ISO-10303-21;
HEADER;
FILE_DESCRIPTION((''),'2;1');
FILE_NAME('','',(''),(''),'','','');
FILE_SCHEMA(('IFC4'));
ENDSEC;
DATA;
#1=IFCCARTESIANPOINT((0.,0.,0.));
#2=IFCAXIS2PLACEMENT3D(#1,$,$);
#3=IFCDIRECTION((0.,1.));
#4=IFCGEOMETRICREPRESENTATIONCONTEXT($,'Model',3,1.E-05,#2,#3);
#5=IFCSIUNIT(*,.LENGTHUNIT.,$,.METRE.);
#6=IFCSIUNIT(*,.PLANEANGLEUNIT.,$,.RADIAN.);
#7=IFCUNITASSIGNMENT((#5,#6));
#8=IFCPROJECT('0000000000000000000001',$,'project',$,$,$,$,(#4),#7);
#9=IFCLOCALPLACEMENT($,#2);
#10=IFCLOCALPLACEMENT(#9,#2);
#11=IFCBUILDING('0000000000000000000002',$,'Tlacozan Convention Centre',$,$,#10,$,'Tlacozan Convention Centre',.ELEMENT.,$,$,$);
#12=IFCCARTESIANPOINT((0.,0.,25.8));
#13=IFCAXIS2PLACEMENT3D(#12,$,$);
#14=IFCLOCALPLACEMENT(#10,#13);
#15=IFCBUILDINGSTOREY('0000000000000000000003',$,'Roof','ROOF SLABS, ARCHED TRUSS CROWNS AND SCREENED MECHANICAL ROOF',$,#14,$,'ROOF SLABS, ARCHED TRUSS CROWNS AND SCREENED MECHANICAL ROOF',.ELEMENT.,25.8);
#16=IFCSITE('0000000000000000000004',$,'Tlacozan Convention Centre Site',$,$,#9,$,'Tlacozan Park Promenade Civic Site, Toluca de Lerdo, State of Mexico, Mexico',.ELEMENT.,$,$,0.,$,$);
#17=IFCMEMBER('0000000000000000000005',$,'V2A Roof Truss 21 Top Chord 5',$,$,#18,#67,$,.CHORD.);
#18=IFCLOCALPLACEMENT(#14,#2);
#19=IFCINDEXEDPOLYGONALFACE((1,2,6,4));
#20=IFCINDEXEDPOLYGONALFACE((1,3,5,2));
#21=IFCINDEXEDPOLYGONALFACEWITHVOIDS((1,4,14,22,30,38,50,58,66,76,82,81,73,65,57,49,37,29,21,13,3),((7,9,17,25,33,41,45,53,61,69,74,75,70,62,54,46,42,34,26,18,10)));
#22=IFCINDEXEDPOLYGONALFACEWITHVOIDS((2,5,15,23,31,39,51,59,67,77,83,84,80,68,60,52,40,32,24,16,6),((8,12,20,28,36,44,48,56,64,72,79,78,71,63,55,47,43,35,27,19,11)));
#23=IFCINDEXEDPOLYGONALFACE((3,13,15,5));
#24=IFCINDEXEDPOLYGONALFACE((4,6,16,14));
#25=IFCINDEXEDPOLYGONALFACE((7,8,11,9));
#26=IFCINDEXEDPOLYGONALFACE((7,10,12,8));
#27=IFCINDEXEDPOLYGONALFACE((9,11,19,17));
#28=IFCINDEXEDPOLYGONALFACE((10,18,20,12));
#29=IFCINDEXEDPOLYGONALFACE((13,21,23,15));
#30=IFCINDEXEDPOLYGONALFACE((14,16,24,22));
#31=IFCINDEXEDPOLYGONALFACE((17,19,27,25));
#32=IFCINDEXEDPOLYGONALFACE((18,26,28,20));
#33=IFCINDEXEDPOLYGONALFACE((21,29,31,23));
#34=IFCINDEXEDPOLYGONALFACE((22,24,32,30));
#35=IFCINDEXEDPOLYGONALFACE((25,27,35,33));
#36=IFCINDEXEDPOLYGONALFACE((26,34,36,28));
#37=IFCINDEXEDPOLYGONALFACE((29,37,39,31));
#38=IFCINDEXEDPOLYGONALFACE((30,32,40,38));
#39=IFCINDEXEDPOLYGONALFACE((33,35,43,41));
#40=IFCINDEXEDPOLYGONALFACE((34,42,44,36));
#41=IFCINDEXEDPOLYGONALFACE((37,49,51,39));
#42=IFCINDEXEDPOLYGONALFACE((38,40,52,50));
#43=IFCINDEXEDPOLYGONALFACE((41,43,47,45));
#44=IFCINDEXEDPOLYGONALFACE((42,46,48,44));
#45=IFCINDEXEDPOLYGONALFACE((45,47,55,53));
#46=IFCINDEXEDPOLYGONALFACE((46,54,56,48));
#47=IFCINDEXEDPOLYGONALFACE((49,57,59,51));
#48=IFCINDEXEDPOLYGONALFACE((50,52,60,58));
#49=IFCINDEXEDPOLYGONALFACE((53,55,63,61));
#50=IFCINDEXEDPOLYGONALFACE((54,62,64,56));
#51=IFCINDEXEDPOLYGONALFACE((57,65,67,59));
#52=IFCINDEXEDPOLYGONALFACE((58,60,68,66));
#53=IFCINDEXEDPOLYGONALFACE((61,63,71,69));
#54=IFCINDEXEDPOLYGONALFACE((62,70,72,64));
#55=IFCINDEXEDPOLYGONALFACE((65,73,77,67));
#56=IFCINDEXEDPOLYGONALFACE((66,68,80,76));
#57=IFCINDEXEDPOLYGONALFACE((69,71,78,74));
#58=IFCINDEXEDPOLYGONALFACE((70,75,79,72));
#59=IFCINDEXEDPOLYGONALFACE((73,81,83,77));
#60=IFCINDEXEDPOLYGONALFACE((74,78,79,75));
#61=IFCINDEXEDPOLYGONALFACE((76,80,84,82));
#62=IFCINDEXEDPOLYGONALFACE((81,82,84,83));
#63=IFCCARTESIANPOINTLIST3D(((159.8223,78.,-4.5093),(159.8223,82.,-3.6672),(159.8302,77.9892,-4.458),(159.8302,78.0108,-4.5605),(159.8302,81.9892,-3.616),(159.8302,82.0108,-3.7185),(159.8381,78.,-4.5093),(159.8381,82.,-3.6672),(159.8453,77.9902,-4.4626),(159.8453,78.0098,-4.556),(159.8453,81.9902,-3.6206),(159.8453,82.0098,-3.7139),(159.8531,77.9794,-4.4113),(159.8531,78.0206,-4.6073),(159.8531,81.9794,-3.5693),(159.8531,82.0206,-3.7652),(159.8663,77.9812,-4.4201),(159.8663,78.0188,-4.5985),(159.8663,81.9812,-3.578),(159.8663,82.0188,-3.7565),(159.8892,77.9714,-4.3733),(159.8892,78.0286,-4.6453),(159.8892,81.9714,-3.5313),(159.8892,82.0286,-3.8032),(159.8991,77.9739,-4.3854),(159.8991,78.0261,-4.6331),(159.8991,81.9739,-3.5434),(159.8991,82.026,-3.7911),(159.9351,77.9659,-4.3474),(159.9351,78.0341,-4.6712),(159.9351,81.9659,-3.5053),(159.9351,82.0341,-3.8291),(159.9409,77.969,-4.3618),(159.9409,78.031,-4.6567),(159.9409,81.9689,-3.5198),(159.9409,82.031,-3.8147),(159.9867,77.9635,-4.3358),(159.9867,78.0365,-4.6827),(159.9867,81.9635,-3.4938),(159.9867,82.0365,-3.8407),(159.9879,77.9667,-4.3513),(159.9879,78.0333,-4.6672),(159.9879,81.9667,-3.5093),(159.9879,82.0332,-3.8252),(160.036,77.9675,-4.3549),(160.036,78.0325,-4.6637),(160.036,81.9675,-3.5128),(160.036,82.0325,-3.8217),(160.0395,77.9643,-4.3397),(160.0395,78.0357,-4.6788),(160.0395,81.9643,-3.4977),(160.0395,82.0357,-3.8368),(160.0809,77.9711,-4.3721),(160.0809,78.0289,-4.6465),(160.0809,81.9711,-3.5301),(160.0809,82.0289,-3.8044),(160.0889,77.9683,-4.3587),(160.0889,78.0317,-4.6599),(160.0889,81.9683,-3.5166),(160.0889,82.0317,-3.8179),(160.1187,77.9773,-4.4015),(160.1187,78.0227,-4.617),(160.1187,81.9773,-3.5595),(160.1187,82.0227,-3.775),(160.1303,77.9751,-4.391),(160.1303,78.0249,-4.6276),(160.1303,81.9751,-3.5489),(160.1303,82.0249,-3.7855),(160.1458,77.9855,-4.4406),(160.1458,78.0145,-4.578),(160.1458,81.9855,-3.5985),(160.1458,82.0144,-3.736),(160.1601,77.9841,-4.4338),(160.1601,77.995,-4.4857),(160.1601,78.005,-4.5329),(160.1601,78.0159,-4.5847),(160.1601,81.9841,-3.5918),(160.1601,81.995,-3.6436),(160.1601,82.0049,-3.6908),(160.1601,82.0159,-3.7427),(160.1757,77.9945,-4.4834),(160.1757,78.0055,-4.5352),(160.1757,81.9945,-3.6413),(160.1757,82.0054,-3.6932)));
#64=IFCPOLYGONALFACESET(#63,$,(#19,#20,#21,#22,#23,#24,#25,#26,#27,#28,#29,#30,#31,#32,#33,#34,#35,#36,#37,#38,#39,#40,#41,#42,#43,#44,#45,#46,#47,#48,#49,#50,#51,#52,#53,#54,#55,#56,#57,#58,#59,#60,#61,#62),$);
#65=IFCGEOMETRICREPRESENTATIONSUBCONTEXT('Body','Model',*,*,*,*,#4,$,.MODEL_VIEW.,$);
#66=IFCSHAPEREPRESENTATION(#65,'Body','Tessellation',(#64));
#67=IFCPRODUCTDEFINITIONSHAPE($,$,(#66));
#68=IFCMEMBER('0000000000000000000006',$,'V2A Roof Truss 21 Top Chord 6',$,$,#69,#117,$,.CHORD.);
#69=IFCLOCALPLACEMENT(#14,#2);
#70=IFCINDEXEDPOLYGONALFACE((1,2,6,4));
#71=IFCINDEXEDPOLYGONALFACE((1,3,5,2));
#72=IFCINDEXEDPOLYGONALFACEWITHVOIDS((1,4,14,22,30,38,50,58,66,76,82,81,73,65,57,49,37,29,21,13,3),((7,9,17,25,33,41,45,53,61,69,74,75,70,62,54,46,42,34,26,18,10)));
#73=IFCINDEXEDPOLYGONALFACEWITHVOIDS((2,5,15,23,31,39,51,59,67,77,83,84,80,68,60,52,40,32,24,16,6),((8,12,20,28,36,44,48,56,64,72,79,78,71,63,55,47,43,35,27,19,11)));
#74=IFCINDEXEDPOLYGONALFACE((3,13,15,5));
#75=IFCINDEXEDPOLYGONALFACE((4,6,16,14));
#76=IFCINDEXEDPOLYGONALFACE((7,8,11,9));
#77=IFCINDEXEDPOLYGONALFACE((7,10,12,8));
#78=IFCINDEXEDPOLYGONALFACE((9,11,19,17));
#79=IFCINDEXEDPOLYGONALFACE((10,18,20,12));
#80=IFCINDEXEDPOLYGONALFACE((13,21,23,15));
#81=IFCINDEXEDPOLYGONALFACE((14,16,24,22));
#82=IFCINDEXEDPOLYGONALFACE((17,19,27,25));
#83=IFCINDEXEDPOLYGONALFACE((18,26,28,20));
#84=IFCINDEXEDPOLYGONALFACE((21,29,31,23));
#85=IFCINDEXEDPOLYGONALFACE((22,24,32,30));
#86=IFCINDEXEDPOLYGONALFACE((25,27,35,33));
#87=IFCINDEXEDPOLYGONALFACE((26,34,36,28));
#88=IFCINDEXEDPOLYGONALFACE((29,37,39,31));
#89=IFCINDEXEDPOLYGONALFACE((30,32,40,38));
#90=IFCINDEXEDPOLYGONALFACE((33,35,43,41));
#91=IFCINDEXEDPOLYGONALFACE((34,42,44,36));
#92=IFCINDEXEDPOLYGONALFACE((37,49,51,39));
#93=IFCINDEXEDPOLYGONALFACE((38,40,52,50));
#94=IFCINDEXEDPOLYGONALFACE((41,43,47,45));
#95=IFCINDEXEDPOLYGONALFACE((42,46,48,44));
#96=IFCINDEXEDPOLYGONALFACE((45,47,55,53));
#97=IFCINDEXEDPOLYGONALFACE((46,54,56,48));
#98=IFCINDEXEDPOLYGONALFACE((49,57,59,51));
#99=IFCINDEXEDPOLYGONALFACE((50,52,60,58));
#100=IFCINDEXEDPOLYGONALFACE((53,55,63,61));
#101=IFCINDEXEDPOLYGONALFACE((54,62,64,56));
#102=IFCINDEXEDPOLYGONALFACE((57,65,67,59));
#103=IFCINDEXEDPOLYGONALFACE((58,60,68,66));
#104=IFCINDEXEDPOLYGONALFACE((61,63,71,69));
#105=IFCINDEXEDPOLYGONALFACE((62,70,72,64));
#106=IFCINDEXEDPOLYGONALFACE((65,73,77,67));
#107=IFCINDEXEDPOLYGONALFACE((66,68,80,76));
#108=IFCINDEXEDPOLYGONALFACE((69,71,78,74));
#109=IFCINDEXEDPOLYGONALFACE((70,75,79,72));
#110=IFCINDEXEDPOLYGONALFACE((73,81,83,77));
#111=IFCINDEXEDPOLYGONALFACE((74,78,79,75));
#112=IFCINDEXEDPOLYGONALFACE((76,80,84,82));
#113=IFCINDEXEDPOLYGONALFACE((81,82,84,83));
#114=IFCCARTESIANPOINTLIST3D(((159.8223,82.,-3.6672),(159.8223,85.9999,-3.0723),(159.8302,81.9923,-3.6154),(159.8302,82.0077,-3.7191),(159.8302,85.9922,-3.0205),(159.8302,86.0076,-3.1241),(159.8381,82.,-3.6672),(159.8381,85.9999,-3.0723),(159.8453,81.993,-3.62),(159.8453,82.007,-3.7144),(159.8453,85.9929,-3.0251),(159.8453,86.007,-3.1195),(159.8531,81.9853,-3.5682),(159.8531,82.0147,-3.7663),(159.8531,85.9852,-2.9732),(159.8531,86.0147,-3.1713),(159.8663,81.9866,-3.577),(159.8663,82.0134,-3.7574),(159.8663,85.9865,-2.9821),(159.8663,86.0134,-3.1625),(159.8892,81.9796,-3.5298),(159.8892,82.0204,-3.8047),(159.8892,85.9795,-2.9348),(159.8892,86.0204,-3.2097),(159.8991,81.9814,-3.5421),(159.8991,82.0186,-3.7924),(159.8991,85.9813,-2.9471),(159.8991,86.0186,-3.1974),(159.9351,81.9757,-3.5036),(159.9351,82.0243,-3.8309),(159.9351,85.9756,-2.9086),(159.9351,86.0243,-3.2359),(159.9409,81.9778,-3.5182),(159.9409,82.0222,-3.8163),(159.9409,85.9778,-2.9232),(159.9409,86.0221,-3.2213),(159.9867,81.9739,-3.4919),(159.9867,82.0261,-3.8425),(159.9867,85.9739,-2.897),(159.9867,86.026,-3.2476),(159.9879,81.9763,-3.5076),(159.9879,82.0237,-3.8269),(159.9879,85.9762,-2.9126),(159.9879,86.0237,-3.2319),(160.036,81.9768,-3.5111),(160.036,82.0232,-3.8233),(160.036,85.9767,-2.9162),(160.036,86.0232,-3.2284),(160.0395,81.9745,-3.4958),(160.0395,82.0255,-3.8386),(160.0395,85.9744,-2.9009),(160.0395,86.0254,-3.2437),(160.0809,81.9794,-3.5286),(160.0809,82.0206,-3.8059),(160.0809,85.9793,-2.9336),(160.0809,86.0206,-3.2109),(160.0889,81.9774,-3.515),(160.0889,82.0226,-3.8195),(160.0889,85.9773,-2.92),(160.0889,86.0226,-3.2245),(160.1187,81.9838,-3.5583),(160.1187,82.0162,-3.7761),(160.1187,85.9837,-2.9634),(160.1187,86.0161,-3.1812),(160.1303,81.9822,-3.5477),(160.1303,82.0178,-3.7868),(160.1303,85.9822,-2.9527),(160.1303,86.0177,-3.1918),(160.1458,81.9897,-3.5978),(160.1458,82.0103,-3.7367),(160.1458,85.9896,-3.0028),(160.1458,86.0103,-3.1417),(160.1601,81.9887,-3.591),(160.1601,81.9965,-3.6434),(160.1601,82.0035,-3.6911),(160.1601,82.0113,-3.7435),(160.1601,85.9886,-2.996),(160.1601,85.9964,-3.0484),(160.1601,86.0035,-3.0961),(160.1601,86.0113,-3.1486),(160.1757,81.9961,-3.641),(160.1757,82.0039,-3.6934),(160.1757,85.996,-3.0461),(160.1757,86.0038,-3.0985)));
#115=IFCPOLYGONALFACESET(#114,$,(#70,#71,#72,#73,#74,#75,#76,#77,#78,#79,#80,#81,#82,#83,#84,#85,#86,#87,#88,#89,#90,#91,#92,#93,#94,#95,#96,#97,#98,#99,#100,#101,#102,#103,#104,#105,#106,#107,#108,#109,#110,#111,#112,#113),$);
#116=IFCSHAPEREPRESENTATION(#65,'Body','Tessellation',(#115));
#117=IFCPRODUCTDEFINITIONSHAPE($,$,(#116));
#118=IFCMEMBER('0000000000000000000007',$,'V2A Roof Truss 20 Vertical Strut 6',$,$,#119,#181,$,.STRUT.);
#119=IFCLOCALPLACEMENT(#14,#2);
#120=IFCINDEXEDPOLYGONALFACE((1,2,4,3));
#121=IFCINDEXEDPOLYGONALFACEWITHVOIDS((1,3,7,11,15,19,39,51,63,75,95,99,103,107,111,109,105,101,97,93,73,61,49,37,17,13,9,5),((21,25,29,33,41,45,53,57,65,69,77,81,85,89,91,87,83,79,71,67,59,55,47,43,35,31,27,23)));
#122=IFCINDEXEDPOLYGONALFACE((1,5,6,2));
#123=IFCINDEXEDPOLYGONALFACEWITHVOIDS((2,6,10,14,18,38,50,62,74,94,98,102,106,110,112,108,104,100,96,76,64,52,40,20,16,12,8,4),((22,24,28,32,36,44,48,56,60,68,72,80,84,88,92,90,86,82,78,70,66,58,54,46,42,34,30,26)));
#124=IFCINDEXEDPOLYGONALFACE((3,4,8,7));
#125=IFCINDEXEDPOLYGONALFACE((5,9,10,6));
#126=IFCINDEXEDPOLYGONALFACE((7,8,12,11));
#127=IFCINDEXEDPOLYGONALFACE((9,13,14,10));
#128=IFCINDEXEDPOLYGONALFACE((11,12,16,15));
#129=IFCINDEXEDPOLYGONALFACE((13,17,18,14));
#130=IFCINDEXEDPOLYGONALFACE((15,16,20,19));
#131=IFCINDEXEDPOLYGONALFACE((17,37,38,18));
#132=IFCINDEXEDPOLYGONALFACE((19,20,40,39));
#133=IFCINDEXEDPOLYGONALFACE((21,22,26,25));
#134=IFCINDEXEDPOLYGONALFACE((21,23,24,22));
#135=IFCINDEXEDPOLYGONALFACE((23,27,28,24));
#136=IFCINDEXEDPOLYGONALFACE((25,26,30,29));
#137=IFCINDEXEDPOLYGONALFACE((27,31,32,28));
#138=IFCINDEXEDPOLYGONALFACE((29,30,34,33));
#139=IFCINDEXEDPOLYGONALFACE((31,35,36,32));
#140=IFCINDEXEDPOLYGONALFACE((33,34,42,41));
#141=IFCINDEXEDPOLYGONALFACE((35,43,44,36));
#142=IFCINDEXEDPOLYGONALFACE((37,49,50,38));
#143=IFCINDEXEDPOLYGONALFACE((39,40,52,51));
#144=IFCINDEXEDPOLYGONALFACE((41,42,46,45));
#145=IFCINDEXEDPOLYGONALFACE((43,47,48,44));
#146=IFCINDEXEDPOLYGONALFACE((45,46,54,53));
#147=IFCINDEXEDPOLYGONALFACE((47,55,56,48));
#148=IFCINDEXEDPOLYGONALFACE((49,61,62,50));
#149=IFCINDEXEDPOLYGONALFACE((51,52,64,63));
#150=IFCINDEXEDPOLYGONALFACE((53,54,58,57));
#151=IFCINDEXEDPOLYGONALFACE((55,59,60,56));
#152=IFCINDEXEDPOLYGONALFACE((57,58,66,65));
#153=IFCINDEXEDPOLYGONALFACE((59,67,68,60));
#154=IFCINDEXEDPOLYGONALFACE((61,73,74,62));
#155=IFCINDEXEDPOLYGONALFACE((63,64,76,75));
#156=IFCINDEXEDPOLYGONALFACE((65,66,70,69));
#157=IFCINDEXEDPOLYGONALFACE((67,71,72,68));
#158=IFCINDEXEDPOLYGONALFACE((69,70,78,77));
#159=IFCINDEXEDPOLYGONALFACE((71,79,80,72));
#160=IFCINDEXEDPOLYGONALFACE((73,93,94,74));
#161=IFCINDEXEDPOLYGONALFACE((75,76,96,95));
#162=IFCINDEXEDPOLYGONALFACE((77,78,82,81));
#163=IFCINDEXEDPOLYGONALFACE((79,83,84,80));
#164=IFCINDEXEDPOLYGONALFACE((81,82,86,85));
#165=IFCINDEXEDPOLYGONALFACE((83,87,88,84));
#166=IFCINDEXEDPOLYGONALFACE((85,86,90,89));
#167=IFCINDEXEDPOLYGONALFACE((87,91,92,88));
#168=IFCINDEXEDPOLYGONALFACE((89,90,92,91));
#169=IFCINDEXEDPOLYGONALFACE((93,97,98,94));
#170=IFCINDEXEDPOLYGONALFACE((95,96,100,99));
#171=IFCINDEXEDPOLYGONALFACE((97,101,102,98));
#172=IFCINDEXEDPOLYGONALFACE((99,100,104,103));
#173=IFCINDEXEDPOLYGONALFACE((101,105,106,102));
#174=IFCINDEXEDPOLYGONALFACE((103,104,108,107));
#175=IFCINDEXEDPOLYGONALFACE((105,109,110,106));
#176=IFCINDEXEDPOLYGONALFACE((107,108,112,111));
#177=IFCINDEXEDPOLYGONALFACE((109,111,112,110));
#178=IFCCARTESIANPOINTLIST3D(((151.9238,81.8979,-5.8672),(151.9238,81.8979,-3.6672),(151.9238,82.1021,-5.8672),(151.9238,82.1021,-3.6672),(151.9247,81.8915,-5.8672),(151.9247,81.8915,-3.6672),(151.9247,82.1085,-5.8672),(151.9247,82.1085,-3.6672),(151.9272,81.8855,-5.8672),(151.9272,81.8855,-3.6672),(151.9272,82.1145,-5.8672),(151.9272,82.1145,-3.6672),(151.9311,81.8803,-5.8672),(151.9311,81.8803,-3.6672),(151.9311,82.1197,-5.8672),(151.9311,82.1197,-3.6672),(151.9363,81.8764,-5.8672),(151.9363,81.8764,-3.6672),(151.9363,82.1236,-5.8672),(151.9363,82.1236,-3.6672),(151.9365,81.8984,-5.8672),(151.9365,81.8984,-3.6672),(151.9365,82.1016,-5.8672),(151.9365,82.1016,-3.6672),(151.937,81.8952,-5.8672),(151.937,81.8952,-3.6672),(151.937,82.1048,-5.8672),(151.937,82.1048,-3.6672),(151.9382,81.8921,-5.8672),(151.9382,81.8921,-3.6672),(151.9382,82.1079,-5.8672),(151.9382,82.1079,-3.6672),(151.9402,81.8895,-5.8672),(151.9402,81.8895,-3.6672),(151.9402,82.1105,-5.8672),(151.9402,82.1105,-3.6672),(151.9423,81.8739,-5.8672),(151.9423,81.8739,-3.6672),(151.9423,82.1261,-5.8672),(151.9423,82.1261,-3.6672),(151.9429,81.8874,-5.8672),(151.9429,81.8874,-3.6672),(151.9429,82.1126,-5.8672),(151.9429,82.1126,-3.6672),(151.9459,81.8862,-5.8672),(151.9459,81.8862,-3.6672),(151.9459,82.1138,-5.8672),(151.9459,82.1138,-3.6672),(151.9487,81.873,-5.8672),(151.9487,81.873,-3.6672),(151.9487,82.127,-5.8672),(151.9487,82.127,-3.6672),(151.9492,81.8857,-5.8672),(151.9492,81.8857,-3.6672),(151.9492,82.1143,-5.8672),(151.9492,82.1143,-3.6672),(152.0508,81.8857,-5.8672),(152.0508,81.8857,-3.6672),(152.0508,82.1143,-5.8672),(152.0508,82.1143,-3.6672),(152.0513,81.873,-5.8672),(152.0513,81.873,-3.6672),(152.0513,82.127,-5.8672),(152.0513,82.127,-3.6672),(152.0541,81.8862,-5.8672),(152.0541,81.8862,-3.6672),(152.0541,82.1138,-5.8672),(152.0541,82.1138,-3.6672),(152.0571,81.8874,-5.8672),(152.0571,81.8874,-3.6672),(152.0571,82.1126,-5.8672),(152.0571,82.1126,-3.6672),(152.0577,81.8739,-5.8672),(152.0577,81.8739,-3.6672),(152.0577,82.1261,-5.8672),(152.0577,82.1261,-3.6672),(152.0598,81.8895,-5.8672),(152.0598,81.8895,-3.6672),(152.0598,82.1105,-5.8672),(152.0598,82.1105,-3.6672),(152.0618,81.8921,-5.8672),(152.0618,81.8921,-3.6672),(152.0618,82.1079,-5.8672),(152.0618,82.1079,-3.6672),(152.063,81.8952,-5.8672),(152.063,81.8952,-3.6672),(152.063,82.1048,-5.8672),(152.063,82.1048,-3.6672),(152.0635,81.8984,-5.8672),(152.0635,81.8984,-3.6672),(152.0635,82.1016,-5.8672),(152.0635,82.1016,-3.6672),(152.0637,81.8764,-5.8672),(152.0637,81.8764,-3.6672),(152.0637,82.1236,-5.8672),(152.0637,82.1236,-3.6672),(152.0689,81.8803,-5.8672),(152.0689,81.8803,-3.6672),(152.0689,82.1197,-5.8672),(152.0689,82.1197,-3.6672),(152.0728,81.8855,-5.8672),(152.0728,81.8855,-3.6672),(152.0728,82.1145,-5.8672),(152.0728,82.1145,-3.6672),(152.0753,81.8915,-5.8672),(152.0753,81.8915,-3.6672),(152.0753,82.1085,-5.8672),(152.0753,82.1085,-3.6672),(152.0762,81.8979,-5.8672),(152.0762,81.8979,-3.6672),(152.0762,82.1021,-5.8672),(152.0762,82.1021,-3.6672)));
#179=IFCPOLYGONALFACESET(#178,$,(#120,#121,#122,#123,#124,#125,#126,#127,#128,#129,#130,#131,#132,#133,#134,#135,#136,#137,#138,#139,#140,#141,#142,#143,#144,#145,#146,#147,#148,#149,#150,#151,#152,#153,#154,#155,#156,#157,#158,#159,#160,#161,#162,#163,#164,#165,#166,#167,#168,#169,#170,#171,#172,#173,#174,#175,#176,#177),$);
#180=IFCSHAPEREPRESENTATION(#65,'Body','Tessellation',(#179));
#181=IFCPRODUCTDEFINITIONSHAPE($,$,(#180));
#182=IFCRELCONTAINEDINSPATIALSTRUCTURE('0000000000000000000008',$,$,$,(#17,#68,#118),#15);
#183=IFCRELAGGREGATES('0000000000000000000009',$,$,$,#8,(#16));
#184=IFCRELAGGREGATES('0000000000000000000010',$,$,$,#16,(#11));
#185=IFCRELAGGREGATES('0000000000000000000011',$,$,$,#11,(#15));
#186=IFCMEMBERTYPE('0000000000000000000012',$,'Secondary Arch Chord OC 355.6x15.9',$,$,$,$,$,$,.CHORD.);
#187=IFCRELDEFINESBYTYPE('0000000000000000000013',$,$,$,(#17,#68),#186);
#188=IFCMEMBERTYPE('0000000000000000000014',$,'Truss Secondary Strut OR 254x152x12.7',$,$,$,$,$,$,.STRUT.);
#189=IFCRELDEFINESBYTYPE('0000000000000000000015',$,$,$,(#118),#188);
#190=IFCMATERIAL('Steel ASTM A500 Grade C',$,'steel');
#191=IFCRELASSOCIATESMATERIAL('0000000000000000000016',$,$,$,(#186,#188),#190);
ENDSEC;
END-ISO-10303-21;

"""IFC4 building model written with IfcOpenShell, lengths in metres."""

from ifc_helpers import new_model, si_unit, direction, frame, origin, origin_2d, place, context, subcontext, project, spatial, hollow_rectangle, hollow_circle, extrude, material, material_profile, profile_set, type_object, element, save


model = new_model("IFC4")

# Units and contexts
model_context = context("Model", 3, precision=1e-05, world=origin(), true_north=direction((0.0, 1.0)))
body_context = subcontext(model_context, "Body", "Model", "MODEL_VIEW")
ifc_project = project(units=[si_unit("LENGTHUNIT", "METRE"), si_unit("PLANEANGLEUNIT", "RADIAN")], contexts=[model_context])

# Site, building, storey
site_placement = place(None, origin())
site = spatial("IfcSite", under=ifc_project, at=site_placement, Name="Tlacozan Convention Centre Site", LongName="Tlacozan Park Promenade Civic Site, Toluca de Lerdo, State of Mexico, Mexico", CompositionType="ELEMENT", RefElevation=0.0)
building_placement = place(site_placement, origin())
building = spatial("IfcBuilding", under=site, at=building_placement, Name="Tlacozan Convention Centre", LongName="Tlacozan Convention Centre", CompositionType="ELEMENT")
storey_placement = place(building_placement, frame((0.0, 0.0, 25.8)))
storey = spatial("IfcBuildingStorey", under=building, at=storey_placement, Name="Roof", Description="ROOF SLABS, ARCHED TRUSS CROWNS AND SCREENED MECHANICAL ROOF", LongName="ROOF SLABS, ARCHED TRUSS CROWNS AND SCREENED MECHANICAL ROOF", CompositionType="ELEMENT", Elevation=25.8)

# Members
ifc_material_1 = material(Name="Steel ASTM A500 Grade C", Category="steel")
ifc_material_profile_1 = material_profile(ifc_material_1, hollow_circle(Radius=0.1777, WallThickness=0.0159, at=origin_2d()), Name="OC 355.6x15.9")
ifc_profile_set_1 = profile_set([ifc_material_profile_1], Name="Steel ASTM A500 Grade C")
member_type_1 = type_object("IfcMemberType", Name="Secondary Arch Chord OC 355.6x15.9", PredefinedType="CHORD", material=ifc_profile_set_1)
member_1_placement = place(storey_placement, frame((160.0, 78.0, -4.5093), z_axis=(0.0, 0.978553, 0.205995), x_axis=(-1.0, 0.0, 0.0)))
element("IfcMember", 1, at=member_1_placement, inside=storey, type_object=member_type_1, Name="V2A Roof Truss 21 Top Chord 5", PredefinedType="CHORD", context=body_context, shape_type="SweptSolid", body=[
    extrude(hollow_circle(Radius=0.1777, WallThickness=0.0159, at=origin_2d()), origin(), (0.0, 0.0, 1.0), 4.0876),
])
member_2_placement = place(storey_placement, frame((160.0, 82.0, -3.6672), z_axis=(0.0, 0.989118, 0.147124), x_axis=(-1.0, 0.0, 0.0)))
element("IfcMember", 2, at=member_2_placement, inside=storey, type_object=member_type_1, Name="V2A Roof Truss 21 Top Chord 6", PredefinedType="CHORD", context=body_context, shape_type="SweptSolid", body=[
    extrude(hollow_circle(Radius=0.1777, WallThickness=0.0159, at=origin_2d()), origin(), (0.0, 0.0, 1.0), 4.0439),
])
ifc_material_profile_2 = material_profile(ifc_material_1, hollow_rectangle(XDim=0.1523, YDim=0.2539, WallThickness=0.0127, InnerFilletRadius=0.0127, OuterFilletRadius=0.0249, at=origin_2d()), Name="OR 254x152x12.7")
ifc_profile_set_2 = profile_set([ifc_material_profile_2], Name="Steel ASTM A500 Grade C")
member_type_2 = type_object("IfcMemberType", Name="Truss Secondary Strut OR 254x152x12.7", PredefinedType="STRUT", material=ifc_profile_set_2)
member_3_placement = place(storey_placement, frame((152.0, 82.0, -5.8672), z_axis=(0.0, 0.0, 1.0), x_axis=(1.0, 0.0, 0.0)))
element("IfcMember", 3, at=member_3_placement, inside=storey, type_object=member_type_2, Name="V2A Roof Truss 20 Vertical Strut 6", PredefinedType="STRUT", context=body_context, shape_type="SweptSolid", body=[
    extrude(hollow_rectangle(XDim=0.1523, YDim=0.2539, WallThickness=0.0127, InnerFilletRadius=0.0127, OuterFilletRadius=0.0249, at=origin_2d()), origin(), (0.0, 0.0, 1.0), 2.2),
])

save(model, "model.ifc")
